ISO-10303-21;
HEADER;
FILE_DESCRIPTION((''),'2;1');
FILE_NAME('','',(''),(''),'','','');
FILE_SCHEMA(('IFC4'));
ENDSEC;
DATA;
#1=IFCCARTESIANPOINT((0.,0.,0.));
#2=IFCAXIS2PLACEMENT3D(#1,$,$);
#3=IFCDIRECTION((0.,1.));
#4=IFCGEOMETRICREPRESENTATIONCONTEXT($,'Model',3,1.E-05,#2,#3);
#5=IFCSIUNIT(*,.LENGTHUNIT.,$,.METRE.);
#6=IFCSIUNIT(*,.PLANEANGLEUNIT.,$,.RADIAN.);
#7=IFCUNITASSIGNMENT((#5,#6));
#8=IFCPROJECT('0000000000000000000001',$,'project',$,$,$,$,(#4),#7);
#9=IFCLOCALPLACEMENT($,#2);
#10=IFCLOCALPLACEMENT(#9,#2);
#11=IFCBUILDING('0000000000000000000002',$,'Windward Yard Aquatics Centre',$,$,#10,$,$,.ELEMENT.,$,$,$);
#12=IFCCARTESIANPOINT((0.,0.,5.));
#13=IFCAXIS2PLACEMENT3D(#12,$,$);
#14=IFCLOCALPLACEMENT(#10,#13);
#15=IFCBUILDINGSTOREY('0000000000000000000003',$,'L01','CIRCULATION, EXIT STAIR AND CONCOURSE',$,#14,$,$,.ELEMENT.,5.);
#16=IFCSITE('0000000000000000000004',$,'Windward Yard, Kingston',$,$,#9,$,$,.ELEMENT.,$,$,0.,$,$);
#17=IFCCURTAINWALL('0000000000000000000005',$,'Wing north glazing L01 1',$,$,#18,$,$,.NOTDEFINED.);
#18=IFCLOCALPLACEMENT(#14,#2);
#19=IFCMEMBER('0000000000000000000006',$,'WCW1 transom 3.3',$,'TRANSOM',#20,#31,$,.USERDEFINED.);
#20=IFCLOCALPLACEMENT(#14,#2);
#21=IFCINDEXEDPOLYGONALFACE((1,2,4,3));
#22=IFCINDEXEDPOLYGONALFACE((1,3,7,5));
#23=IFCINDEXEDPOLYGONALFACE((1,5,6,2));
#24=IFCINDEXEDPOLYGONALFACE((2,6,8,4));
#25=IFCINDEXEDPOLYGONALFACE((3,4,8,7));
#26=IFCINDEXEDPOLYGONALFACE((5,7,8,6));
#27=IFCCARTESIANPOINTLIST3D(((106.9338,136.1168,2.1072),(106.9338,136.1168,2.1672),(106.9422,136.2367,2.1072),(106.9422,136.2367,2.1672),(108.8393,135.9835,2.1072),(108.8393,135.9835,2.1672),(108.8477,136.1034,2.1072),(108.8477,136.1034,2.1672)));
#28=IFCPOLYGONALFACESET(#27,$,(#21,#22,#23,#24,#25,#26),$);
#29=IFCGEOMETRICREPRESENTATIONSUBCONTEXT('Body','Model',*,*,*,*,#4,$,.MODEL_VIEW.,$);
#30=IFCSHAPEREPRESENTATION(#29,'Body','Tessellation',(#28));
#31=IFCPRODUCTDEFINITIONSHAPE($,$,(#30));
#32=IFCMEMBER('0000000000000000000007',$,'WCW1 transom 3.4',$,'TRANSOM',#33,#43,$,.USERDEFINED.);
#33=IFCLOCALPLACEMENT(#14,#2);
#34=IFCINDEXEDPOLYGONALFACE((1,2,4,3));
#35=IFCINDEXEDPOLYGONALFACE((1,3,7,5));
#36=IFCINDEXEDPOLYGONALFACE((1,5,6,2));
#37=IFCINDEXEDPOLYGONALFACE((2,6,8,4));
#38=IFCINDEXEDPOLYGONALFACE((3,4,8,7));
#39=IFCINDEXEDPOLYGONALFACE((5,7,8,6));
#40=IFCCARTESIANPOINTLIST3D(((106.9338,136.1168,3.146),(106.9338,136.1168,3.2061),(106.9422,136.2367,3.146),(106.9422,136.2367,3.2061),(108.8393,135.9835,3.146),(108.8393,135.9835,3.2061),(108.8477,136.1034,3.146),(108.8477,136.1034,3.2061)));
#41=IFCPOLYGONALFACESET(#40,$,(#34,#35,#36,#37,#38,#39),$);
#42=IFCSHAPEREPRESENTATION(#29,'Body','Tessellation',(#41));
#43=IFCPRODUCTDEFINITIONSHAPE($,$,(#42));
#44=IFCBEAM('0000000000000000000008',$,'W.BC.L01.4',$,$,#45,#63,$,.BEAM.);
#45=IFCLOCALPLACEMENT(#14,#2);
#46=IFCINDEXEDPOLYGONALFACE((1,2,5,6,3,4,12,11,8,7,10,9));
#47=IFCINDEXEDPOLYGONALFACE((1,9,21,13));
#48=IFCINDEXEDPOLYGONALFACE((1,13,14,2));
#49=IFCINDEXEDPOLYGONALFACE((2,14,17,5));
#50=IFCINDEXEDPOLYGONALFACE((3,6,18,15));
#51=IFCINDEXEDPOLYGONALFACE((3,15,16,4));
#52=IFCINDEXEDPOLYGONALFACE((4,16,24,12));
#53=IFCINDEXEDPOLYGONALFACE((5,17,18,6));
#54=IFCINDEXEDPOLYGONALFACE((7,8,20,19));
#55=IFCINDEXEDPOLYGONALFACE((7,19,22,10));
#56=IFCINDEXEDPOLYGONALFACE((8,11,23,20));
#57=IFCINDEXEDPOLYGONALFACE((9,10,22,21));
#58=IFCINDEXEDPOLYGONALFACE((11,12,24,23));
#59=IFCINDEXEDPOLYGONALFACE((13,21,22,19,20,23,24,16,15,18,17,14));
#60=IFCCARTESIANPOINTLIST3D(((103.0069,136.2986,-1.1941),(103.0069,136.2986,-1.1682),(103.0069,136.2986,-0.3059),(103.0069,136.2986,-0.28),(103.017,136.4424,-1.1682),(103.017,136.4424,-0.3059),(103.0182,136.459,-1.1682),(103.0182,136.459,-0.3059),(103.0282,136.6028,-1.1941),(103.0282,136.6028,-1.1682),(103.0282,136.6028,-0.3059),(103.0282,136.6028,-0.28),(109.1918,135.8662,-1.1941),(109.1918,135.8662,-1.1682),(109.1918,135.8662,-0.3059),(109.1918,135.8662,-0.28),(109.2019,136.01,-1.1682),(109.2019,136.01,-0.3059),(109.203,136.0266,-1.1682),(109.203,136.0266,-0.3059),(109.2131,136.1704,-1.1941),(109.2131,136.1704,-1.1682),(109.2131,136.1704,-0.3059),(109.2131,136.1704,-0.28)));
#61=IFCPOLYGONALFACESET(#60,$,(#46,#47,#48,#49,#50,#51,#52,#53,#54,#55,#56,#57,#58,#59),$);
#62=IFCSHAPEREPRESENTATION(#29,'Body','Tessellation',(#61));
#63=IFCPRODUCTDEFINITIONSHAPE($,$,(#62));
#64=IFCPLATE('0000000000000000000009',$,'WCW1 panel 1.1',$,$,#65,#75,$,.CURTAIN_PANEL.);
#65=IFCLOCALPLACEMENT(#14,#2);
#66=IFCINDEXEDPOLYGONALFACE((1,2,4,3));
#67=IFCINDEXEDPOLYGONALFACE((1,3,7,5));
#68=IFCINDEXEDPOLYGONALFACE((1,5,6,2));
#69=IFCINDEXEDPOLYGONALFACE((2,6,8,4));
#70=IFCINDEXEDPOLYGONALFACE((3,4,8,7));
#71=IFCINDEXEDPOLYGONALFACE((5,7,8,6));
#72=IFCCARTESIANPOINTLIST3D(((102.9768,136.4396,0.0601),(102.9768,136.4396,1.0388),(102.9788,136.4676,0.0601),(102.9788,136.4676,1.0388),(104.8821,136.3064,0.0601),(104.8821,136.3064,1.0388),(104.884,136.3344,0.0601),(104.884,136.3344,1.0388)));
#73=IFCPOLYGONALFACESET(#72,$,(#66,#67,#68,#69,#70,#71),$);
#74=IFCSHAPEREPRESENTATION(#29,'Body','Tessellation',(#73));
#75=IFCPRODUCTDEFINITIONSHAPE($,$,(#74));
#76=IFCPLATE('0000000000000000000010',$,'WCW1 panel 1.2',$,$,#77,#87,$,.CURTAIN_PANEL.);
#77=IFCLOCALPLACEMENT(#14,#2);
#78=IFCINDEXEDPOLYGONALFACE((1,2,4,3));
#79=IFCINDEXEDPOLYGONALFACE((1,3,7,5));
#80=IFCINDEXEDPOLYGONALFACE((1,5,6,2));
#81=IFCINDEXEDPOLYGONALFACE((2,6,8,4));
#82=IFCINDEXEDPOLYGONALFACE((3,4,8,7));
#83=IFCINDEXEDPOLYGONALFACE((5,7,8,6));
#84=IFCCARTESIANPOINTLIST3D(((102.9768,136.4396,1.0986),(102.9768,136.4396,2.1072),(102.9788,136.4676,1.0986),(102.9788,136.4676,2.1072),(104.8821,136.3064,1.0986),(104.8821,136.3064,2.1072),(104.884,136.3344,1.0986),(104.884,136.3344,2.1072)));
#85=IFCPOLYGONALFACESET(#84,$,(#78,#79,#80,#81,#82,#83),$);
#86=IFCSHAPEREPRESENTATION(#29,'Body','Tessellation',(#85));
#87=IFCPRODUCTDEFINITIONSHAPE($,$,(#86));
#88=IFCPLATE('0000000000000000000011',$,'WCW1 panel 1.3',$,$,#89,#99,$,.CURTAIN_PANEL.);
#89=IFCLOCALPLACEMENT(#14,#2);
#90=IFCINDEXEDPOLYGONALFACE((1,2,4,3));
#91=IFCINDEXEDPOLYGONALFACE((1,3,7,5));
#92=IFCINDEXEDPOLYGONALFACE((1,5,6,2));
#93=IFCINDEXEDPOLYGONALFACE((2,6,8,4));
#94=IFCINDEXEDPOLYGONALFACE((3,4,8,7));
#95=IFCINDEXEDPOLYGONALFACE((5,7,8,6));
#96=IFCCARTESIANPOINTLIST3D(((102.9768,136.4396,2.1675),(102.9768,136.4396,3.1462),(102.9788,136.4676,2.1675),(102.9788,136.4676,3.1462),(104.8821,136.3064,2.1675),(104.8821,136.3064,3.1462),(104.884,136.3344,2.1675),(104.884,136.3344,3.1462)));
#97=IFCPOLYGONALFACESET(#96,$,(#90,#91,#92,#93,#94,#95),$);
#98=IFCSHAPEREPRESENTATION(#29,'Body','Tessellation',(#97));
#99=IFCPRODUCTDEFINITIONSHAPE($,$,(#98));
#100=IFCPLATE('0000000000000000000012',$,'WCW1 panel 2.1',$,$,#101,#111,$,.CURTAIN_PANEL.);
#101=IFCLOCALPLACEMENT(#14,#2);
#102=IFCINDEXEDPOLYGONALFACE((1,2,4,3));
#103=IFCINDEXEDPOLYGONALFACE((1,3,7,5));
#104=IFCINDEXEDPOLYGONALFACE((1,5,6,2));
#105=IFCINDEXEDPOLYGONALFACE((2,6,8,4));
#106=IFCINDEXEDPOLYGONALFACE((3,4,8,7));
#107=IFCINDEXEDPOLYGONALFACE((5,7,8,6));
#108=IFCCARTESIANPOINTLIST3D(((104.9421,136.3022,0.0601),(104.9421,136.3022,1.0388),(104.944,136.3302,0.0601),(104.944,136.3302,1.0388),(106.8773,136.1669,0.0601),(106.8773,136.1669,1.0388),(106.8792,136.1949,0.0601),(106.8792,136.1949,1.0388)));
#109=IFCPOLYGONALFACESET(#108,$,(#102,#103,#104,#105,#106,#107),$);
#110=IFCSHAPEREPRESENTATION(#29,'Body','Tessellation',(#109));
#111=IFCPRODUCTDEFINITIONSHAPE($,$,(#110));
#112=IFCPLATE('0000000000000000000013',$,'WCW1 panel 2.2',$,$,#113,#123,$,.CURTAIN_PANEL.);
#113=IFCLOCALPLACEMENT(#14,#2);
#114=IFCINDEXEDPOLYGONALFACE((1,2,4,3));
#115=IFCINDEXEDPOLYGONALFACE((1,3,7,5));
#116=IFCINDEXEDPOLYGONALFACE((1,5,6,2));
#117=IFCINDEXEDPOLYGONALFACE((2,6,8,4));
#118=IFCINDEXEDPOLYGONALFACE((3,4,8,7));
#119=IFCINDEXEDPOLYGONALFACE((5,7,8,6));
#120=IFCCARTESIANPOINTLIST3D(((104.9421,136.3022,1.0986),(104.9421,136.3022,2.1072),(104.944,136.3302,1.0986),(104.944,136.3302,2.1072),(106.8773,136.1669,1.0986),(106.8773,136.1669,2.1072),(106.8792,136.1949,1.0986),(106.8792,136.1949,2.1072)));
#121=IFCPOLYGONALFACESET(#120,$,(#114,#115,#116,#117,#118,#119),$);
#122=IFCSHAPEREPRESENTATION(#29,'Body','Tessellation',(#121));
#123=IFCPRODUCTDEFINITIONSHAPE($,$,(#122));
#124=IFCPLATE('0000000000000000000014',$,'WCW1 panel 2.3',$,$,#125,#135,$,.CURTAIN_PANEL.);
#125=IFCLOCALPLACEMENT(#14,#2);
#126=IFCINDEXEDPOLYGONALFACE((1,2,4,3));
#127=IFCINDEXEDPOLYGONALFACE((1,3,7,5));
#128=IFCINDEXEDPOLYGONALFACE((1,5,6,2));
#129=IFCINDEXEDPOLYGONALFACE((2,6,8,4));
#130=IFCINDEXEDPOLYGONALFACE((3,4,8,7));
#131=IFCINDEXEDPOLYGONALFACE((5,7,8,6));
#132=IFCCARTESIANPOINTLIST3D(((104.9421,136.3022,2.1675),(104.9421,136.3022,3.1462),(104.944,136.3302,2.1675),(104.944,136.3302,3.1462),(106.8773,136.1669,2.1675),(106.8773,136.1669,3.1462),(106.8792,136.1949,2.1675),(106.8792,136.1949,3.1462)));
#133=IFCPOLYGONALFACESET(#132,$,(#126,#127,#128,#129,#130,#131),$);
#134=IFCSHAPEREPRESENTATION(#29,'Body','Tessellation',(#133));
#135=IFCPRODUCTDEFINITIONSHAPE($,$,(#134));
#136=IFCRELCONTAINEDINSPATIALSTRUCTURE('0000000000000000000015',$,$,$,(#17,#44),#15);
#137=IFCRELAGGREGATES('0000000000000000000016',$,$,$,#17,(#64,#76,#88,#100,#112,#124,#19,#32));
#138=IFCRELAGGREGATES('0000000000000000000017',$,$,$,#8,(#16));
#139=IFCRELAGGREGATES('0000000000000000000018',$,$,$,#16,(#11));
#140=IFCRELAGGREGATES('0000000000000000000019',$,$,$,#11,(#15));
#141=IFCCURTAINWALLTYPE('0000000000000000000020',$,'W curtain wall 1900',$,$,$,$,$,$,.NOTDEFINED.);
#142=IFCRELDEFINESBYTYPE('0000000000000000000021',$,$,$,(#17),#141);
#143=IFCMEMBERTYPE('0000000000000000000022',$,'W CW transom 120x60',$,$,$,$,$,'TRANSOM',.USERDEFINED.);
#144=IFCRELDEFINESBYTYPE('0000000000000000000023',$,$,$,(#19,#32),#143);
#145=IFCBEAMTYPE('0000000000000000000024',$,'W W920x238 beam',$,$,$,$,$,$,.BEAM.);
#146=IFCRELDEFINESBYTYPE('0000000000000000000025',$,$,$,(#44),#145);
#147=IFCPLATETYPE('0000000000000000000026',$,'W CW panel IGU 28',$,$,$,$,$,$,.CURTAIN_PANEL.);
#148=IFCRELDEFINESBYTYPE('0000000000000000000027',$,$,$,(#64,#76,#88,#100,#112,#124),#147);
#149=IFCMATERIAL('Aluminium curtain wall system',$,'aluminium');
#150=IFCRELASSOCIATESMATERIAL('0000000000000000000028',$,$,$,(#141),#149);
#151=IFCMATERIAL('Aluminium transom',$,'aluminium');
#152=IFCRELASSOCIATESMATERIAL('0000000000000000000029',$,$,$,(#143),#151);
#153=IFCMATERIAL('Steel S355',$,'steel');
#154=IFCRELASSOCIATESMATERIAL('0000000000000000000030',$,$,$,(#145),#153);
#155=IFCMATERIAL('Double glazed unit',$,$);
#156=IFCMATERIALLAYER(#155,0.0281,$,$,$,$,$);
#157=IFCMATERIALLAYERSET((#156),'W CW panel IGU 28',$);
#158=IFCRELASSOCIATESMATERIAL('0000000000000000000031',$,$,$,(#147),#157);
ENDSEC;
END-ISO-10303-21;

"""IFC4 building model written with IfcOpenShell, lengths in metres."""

from ifc_helpers import new_model, si_unit, direction, frame, origin, origin_2d, place, context, subcontext, project, spatial, rectangle, i_section, extrude, material, layer, layer_set, material_profile, profile_set, type_object, element, aggregate, save


model = new_model("IFC4")

# Units and contexts
model_context = context("Model", 3, precision=1e-05, world=origin(), true_north=direction((0.0, 1.0)))
body_context = subcontext(model_context, "Body", "Model", "MODEL_VIEW")
ifc_project = project(units=[si_unit("LENGTHUNIT", "METRE"), si_unit("PLANEANGLEUNIT", "RADIAN")], contexts=[model_context])

# Site, building, storey
site_placement = place(None, origin())
site = spatial("IfcSite", under=ifc_project, at=site_placement, Name="Windward Yard, Kingston", CompositionType="ELEMENT", RefElevation=0.0)
building_placement = place(site_placement, origin())
building = spatial("IfcBuilding", under=site, at=building_placement, Name="Windward Yard Aquatics Centre", CompositionType="ELEMENT")
storey_placement = place(building_placement, frame((0.0, 0.0, 5.0)))
storey = spatial("IfcBuildingStorey", under=building, at=storey_placement, Name="L01", Description="CIRCULATION, EXIT STAIR AND CONCOURSE", CompositionType="ELEMENT", Elevation=5.0)

# Curtain wall
ifc_material_1 = material(Name="Aluminium curtain wall system", Category="aluminium")
curtain_wall_type = type_object("IfcCurtainWallType", Name="W curtain wall 1900", PredefinedType="NOTDEFINED", material=ifc_material_1)
curtain_wall_1_placement = place(storey_placement, origin())
curtain_wall_1 = element("IfcCurtainWall", 1, at=curtain_wall_1_placement, inside=storey, type_object=curtain_wall_type, Name="Wing north glazing L01 1", PredefinedType="NOTDEFINED")

# Members
ifc_material_2 = material(Name="Aluminium transom", Category="aluminium")
ifc_material_profile_1 = material_profile(ifc_material_2, rectangle(XDim=0.1201, YDim=0.0601, at=origin_2d()), Name="AL 120x60")
ifc_profile_set_1 = profile_set([ifc_material_profile_1], Name="Aluminium transom")
member_type_1 = type_object("IfcMemberType", Name="W CW transom 120x60", ElementType="TRANSOM", PredefinedType="USERDEFINED", material=ifc_profile_set_1)
member_1_placement = place(storey_placement, frame((106.938, 136.1768, 2.1372), z_axis=(0.997562, -0.069785, 0.0), x_axis=(0.069785, 0.997562, 0.0)))
member_1 = element("IfcMember", 2, at=member_1_placement, type_object=member_type_1, Name="WCW1 transom 3.3", ObjectType="TRANSOM", PredefinedType="USERDEFINED", context=body_context, shape_type="SweptSolid", body=[
    extrude(rectangle(XDim=0.1201, YDim=0.0601, at=origin_2d()), origin(), (0.0, 0.0, 1.0), 1.9102),
])
member_2_placement = place(storey_placement, frame((106.938, 136.1768, 3.176), z_axis=(0.997562, -0.069785, 0.0), x_axis=(0.069785, 0.997562, 0.0)))
member_2 = element("IfcMember", 3, at=member_2_placement, type_object=member_type_1, Name="WCW1 transom 3.4", ObjectType="TRANSOM", PredefinedType="USERDEFINED", context=body_context, shape_type="SweptSolid", body=[
    extrude(rectangle(XDim=0.1201, YDim=0.0601, at=origin_2d()), origin(), (0.0, 0.0, 1.0), 1.9102),
])

# Beam
ifc_material_3 = material(Name="Steel S355", Category="steel")
ifc_material_profile_2 = material_profile(ifc_material_3, i_section(OverallWidth=0.3049, OverallDepth=0.9141, WebThickness=0.0166, FlangeThickness=0.0259, at=origin_2d()), Name="W920x238")
ifc_profile_set_2 = profile_set([ifc_material_profile_2], Name="Steel S355")
beam_type = type_object("IfcBeamType", Name="W W920x238 beam", PredefinedType="BEAM", material=ifc_profile_set_2)
beam_placement = place(storey_placement, frame((103.0176, 136.4507, -0.7371), z_axis=(0.997565, -0.069739, 0.0), x_axis=(0.069739, 0.997565, 0.0)))
element("IfcBeam", 4, at=beam_placement, inside=storey, type_object=beam_type, Name="W.BC.L01.4", PredefinedType="BEAM", context=body_context, shape_type="SweptSolid", body=[
    extrude(i_section(OverallWidth=0.3049, OverallDepth=0.9141, WebThickness=0.0166, FlangeThickness=0.0259, at=origin_2d()), origin(), (0.0, 0.0, 1.0), 6.2),
])

# Plates
ifc_material_4 = material(Name="Double glazed unit")
ifc_layer = layer(ifc_material_4, 0.0281)
ifc_layer_set = layer_set([ifc_layer], Name="W CW panel IGU 28")
plate_type = type_object("IfcPlateType", Name="W CW panel IGU 28", PredefinedType="CURTAIN_PANEL", material=ifc_layer_set)
plate_1_placement = place(storey_placement, frame((103.9304, 136.387, 0.0601), z_axis=(0.0, 0.0, 1.0), x_axis=(0.997565, -0.06975, 0.0)))
plate_1 = element("IfcPlate", 5, at=plate_1_placement, type_object=plate_type, Name="WCW1 panel 1.1", PredefinedType="CURTAIN_PANEL", context=body_context, shape_type="SweptSolid", body=[
    extrude(rectangle(XDim=1.9099, YDim=0.0281, at=origin_2d()), origin(), (0.0, 0.0, 1.0), 0.9788),
])
plate_2_placement = place(storey_placement, frame((103.9304, 136.387, 1.0986), z_axis=(0.0, 0.0, 1.0), x_axis=(0.997565, -0.06975, 0.0)))
plate_2 = element("IfcPlate", 6, at=plate_2_placement, type_object=plate_type, Name="WCW1 panel 1.2", PredefinedType="CURTAIN_PANEL", context=body_context, shape_type="SweptSolid", body=[
    extrude(rectangle(XDim=1.9099, YDim=0.0281, at=origin_2d()), origin(), (0.0, 0.0, 1.0), 1.0085),
])
plate_3_placement = place(storey_placement, frame((103.9304, 136.387, 2.1675), z_axis=(0.0, 0.0, 1.0), x_axis=(0.997565, -0.06975, 0.0)))
plate_3 = element("IfcPlate", 7, at=plate_3_placement, type_object=plate_type, Name="WCW1 panel 1.3", PredefinedType="CURTAIN_PANEL", context=body_context, shape_type="SweptSolid", body=[
    extrude(rectangle(XDim=1.9099, YDim=0.0281, at=origin_2d()), origin(), (0.0, 0.0, 1.0), 0.9788),
])
plate_4_placement = place(storey_placement, frame((105.9106, 136.2485, 0.0601), z_axis=(0.0, 0.0, 1.0), x_axis=(0.997565, -0.06975, 0.0)))
plate_4 = element("IfcPlate", 8, at=plate_4_placement, type_object=plate_type, Name="WCW1 panel 2.1", PredefinedType="CURTAIN_PANEL", context=body_context, shape_type="SweptSolid", body=[
    extrude(rectangle(XDim=1.9399, YDim=0.0281, at=origin_2d()), origin(), (0.0, 0.0, 1.0), 0.9788),
])
plate_5_placement = place(storey_placement, frame((105.9106, 136.2485, 1.0986), z_axis=(0.0, 0.0, 1.0), x_axis=(0.997565, -0.06975, 0.0)))
plate_5 = element("IfcPlate", 9, at=plate_5_placement, type_object=plate_type, Name="WCW1 panel 2.2", PredefinedType="CURTAIN_PANEL", context=body_context, shape_type="SweptSolid", body=[
    extrude(rectangle(XDim=1.9399, YDim=0.0281, at=origin_2d()), origin(), (0.0, 0.0, 1.0), 1.0085),
])
plate_6_placement = place(storey_placement, frame((105.9106, 136.2485, 2.1675), z_axis=(0.0, 0.0, 1.0), x_axis=(0.997565, -0.06975, 0.0)))
plate_6 = element("IfcPlate", 10, at=plate_6_placement, type_object=plate_type, Name="WCW1 panel 2.3", PredefinedType="CURTAIN_PANEL", context=body_context, shape_type="SweptSolid", body=[
    extrude(rectangle(XDim=1.9399, YDim=0.0281, at=origin_2d()), origin(), (0.0, 0.0, 1.0), 0.9788),
])
aggregate(curtain_wall_1, [plate_1, plate_2, plate_3, plate_4, plate_5, plate_6, member_1, member_2])

save(model, "model.ifc")
